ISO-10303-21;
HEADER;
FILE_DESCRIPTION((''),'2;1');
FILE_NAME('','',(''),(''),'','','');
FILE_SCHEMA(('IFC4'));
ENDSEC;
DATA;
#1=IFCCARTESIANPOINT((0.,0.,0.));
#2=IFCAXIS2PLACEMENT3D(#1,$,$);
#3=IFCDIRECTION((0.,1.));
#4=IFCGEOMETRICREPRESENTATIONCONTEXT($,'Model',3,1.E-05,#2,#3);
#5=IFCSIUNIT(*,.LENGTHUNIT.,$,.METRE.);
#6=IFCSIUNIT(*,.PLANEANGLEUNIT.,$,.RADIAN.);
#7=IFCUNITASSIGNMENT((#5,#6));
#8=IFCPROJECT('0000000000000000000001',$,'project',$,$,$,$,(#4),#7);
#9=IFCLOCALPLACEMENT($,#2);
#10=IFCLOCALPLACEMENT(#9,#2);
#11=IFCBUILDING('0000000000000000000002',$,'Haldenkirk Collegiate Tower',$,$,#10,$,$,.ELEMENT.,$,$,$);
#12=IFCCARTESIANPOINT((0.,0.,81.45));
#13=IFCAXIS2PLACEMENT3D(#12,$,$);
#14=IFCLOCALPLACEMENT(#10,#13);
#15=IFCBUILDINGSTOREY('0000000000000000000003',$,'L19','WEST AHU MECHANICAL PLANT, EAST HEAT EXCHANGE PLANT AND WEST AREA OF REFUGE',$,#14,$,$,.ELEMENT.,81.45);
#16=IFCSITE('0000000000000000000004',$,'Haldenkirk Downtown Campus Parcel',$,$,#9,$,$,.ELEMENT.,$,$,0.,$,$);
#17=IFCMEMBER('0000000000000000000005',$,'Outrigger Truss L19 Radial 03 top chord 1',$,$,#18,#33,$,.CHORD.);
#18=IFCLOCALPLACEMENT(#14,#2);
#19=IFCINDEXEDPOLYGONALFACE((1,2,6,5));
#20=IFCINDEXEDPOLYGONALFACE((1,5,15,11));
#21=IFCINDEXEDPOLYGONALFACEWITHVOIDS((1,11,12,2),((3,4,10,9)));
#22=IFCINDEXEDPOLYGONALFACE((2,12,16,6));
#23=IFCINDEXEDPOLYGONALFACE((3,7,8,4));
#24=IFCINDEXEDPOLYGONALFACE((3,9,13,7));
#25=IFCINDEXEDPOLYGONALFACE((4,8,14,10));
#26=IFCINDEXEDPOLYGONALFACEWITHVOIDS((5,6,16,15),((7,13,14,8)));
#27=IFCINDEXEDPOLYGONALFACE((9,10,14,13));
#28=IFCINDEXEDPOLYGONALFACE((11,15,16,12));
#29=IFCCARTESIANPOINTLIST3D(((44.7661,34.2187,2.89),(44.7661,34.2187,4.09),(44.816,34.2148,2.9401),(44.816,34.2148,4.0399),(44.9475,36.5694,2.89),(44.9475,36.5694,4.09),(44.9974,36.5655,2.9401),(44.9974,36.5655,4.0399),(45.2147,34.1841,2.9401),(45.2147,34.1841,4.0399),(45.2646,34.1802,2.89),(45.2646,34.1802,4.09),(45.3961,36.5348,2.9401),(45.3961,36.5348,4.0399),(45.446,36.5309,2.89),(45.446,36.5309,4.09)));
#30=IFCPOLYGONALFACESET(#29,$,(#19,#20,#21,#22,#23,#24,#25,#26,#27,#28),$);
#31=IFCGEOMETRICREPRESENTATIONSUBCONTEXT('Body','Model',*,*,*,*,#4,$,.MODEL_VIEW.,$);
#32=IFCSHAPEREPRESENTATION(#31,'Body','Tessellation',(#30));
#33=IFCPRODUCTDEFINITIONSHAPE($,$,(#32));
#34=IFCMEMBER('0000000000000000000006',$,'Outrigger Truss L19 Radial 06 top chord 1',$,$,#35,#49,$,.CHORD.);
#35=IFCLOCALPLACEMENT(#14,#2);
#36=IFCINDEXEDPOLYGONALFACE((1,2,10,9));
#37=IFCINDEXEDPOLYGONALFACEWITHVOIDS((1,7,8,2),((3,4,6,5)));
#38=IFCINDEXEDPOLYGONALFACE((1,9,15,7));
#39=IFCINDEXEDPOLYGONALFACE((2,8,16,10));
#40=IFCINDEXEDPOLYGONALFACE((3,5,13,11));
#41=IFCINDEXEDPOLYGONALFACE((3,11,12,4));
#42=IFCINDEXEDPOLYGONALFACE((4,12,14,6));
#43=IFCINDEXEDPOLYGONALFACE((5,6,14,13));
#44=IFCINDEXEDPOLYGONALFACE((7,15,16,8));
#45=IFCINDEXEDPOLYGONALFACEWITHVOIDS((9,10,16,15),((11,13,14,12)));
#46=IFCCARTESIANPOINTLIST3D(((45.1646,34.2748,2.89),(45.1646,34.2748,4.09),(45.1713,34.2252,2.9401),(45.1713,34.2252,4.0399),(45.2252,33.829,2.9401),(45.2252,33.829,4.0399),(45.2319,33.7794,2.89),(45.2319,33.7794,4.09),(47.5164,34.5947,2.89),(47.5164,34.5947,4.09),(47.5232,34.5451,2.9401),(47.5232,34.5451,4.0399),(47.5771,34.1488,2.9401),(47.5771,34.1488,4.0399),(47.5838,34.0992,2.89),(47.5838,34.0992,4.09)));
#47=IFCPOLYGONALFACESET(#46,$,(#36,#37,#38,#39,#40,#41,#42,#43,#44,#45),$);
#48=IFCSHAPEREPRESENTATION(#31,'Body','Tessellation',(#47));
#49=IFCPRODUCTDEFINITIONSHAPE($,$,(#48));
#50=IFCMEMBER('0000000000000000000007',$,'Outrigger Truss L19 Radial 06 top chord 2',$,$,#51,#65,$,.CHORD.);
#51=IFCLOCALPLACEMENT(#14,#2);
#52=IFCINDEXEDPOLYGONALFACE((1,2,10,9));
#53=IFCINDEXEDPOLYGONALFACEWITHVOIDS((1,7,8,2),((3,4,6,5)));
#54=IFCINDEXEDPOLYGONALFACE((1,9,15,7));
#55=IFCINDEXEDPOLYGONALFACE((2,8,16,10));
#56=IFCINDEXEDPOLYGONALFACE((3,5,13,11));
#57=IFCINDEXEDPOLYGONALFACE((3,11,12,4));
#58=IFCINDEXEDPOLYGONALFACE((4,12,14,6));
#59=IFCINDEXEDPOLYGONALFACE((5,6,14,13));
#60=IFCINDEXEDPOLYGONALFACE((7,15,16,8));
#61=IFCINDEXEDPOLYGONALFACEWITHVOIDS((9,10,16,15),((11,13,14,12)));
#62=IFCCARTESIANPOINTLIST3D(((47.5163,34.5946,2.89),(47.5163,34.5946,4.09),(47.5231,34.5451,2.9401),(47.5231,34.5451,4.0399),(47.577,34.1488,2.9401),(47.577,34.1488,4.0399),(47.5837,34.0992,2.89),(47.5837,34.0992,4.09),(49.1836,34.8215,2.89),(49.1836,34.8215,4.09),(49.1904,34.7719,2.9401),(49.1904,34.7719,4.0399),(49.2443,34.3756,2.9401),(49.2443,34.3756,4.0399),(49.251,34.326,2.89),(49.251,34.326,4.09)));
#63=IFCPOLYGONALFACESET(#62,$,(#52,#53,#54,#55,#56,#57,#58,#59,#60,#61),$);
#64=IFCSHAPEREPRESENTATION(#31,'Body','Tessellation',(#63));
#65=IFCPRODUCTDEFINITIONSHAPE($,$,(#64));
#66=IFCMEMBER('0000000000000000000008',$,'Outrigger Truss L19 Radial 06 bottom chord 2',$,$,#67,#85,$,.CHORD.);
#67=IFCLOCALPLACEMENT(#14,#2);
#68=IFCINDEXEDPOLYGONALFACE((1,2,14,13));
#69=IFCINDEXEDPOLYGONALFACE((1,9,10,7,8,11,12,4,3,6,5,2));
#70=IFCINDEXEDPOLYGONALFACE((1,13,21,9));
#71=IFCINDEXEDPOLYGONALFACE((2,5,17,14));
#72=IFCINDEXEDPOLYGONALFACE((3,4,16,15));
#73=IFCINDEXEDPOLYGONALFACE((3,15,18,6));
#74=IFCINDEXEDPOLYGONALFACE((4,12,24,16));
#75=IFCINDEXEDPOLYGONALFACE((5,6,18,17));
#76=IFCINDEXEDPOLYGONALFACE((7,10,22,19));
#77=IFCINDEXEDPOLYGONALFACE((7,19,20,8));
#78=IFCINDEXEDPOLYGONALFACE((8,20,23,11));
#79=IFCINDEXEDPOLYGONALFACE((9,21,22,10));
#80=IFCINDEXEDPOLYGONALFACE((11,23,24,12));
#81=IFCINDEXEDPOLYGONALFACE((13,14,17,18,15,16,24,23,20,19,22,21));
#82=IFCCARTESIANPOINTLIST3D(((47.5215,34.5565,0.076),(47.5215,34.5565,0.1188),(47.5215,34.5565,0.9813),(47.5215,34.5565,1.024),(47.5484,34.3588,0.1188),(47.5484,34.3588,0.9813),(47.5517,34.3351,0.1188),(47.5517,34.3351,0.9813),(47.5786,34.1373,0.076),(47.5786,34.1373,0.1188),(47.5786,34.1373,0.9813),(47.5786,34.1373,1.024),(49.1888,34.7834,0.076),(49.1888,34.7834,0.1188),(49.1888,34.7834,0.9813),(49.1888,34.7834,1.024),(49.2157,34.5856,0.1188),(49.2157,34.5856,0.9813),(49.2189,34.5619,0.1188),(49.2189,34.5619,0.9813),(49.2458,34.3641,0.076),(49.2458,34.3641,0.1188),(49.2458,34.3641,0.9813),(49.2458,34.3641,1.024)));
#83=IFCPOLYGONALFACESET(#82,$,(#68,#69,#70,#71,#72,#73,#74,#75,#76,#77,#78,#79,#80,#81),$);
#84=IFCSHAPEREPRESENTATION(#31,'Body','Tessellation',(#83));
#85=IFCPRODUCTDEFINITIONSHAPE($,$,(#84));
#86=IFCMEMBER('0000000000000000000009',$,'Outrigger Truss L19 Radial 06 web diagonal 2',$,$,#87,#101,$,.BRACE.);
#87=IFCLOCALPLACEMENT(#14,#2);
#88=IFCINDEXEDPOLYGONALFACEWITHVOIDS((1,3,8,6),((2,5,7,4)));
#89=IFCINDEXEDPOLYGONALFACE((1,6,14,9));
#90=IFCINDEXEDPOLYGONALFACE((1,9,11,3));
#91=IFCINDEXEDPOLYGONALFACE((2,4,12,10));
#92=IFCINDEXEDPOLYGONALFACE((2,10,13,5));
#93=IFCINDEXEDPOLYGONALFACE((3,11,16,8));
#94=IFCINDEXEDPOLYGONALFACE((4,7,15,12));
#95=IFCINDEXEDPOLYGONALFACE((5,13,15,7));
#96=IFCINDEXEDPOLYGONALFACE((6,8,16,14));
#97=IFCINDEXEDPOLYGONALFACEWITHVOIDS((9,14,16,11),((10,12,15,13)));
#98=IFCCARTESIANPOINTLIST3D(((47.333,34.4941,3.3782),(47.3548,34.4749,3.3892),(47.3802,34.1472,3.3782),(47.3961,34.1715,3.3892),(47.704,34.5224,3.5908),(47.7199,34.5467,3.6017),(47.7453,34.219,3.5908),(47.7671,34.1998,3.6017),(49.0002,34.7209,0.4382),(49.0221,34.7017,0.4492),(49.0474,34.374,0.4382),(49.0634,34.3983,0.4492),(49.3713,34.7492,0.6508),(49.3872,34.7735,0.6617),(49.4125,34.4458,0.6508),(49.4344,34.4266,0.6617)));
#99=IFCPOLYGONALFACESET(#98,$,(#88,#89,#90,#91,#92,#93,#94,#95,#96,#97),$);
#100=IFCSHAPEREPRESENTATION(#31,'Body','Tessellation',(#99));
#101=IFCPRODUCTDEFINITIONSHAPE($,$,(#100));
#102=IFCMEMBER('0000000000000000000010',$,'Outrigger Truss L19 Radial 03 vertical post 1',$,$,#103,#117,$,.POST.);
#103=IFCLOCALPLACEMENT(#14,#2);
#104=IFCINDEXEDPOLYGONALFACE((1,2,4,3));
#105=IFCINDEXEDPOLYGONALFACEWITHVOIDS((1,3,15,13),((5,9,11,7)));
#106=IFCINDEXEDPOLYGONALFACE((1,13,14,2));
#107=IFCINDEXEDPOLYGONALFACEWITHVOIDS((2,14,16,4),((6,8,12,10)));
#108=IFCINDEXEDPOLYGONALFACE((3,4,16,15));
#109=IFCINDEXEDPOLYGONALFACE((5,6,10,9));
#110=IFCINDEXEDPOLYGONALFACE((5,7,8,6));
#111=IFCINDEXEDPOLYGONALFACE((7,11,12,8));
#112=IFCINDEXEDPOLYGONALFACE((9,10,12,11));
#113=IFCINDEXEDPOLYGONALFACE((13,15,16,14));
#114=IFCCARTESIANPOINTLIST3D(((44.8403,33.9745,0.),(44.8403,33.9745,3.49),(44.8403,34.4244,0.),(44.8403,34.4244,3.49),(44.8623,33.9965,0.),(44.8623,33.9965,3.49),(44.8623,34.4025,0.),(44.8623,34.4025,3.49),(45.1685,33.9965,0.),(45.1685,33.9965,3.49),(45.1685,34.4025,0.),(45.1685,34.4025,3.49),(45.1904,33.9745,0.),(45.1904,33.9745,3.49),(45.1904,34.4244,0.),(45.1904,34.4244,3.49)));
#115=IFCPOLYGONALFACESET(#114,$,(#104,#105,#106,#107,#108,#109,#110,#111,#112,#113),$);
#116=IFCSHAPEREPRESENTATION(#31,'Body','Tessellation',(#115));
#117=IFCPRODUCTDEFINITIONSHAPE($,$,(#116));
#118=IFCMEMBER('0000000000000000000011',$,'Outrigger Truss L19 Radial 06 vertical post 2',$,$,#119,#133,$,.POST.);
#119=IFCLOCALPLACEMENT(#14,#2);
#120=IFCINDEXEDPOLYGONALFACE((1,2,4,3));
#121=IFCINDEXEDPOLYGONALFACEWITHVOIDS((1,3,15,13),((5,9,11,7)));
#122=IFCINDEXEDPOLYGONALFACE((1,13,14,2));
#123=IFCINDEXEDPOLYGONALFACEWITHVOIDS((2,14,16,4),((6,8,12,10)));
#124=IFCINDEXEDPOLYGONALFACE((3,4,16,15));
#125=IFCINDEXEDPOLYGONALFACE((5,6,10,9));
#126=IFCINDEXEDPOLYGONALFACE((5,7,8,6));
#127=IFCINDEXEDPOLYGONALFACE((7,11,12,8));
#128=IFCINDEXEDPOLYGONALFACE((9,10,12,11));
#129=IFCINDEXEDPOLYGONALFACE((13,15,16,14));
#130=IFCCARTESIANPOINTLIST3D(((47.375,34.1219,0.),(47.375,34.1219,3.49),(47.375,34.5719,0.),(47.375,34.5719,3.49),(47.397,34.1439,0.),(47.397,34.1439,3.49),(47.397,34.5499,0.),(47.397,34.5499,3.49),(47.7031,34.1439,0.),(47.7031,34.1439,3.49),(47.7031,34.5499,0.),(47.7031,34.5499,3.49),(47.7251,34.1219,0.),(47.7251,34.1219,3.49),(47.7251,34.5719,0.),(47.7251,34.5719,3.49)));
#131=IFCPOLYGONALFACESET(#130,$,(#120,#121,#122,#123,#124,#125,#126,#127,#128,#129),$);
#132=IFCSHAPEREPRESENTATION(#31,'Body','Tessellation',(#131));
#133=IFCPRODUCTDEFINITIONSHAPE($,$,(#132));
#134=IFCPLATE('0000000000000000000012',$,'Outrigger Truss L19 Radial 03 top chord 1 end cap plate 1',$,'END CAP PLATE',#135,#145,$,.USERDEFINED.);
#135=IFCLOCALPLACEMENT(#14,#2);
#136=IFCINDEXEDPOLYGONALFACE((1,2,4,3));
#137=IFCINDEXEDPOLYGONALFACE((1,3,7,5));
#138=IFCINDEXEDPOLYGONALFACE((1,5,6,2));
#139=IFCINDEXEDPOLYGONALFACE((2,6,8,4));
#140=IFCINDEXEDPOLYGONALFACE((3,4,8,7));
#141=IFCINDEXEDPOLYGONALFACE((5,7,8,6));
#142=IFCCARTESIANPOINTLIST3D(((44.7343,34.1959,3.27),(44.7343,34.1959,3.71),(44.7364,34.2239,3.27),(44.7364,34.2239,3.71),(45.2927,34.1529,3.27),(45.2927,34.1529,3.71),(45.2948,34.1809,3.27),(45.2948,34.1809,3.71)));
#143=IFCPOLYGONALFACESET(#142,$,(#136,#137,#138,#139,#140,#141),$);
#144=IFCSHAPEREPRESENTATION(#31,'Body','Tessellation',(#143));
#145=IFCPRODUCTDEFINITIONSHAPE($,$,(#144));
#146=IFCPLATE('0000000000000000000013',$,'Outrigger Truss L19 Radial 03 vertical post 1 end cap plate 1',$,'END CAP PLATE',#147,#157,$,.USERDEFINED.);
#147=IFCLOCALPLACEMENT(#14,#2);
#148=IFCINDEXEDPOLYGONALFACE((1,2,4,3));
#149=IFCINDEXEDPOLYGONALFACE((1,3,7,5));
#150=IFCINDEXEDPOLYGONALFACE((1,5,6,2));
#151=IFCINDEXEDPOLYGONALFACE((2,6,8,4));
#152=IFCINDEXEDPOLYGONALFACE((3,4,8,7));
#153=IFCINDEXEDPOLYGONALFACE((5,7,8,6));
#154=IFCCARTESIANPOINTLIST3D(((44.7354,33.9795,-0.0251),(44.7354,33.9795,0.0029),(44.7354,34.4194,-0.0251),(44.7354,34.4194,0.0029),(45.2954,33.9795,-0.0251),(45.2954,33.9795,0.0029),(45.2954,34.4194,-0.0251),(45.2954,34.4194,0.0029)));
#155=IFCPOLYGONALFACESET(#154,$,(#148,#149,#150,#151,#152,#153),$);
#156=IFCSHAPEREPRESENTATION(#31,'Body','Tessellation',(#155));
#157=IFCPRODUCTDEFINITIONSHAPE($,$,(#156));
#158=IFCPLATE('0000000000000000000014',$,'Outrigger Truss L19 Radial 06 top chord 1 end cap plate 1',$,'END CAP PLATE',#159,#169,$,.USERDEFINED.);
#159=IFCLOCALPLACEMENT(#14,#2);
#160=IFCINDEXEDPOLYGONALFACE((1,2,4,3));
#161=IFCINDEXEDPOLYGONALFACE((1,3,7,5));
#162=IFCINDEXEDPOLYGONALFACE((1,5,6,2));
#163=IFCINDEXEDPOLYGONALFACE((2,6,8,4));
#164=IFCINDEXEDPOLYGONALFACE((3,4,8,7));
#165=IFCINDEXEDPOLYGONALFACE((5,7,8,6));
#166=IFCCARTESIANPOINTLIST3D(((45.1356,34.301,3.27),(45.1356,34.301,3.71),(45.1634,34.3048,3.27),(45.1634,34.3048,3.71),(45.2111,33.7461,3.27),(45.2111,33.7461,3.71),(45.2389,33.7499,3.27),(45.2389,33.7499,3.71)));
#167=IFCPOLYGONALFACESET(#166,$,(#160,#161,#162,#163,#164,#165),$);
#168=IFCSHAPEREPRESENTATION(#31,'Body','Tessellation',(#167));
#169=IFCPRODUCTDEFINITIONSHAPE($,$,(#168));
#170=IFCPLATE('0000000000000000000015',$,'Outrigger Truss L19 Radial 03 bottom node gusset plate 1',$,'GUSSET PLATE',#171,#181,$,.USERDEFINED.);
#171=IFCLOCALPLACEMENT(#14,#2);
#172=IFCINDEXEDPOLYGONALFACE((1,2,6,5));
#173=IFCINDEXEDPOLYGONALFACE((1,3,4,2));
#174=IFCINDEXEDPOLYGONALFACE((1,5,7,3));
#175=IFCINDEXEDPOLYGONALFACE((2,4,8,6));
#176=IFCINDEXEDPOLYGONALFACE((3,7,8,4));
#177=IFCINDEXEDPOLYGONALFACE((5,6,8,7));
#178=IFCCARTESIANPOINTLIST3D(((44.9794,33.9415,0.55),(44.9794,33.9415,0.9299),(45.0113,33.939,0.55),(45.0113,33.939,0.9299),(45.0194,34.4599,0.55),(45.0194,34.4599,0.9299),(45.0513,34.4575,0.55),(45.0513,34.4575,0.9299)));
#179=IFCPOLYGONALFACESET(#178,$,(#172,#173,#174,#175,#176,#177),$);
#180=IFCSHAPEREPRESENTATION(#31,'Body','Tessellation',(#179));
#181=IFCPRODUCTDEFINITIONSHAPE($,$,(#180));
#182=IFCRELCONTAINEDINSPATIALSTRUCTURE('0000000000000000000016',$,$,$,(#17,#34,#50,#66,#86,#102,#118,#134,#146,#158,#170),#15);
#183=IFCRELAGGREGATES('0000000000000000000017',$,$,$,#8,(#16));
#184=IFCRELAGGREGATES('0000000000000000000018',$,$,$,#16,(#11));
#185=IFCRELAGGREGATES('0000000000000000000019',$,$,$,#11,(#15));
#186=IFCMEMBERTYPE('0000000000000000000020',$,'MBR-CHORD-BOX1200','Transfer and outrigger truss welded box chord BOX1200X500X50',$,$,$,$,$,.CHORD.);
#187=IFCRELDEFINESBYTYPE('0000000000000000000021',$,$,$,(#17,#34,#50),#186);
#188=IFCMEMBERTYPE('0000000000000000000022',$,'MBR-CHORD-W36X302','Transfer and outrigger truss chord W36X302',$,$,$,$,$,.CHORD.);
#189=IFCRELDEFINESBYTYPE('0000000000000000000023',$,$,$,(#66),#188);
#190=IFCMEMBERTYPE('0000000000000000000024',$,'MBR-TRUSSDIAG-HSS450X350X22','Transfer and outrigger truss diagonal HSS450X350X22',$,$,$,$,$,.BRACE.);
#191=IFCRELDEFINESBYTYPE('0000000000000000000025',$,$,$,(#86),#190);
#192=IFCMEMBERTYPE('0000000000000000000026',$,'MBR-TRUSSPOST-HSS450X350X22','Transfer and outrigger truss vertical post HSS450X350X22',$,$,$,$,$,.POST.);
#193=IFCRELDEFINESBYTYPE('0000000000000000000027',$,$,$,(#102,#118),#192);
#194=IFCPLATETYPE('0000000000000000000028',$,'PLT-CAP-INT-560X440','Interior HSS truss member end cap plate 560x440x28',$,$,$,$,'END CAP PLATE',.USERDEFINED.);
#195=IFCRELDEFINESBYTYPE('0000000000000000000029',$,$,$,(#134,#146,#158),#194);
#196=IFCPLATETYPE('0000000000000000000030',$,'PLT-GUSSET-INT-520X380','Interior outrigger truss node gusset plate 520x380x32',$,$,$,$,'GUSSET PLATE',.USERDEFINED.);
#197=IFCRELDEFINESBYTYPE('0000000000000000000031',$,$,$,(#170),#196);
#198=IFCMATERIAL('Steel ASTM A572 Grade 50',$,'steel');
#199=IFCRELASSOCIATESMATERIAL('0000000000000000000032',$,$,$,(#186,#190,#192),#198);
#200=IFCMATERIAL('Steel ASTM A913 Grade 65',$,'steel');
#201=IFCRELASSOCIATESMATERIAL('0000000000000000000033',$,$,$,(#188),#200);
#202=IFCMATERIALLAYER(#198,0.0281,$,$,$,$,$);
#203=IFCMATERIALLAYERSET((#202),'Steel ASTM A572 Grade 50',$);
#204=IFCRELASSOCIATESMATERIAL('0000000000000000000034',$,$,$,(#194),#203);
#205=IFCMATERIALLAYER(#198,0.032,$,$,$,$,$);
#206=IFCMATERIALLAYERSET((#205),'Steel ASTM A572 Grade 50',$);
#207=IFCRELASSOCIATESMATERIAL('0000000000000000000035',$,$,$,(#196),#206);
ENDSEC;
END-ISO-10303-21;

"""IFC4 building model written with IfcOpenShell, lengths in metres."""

from ifc_helpers import new_model, si_unit, direction, frame, origin, origin_2d, place, context, subcontext, project, spatial, rectangle, hollow_rectangle, i_section, extrude, source, transform, mapped, material, layer, layer_set, material_profile, profile_set, type_object, element, save


model = new_model("IFC4")

# Units and contexts
model_context = context("Model", 3, precision=1e-05, world=origin(), true_north=direction((0.0, 1.0)))
body_context = subcontext(model_context, "Body", "Model", "MODEL_VIEW")
ifc_project = project(units=[si_unit("LENGTHUNIT", "METRE"), si_unit("PLANEANGLEUNIT", "RADIAN")], contexts=[model_context])

# Site, building, storey
site_placement = place(None, origin())
site = spatial("IfcSite", under=ifc_project, at=site_placement, Name="Haldenkirk Downtown Campus Parcel", CompositionType="ELEMENT", RefElevation=0.0)
building_placement = place(site_placement, origin())
building = spatial("IfcBuilding", under=site, at=building_placement, Name="Haldenkirk Collegiate Tower", CompositionType="ELEMENT")
storey_placement = place(building_placement, frame((0.0, 0.0, 81.45)))
storey = spatial("IfcBuildingStorey", under=building, at=storey_placement, Name="L19", Description="WEST AHU MECHANICAL PLANT, EAST HEAT EXCHANGE PLANT AND WEST AREA OF REFUGE", CompositionType="ELEMENT", Elevation=81.45)

# Members
ifc_material_1 = material(Name="Steel ASTM A572 Grade 50", Category="steel")
ifc_material_profile_1 = material_profile(ifc_material_1, hollow_rectangle(XDim=0.5, YDim=1.2, WallThickness=0.05, at=origin_2d()), Name="BOX1200X500X50")
ifc_profile_set_1 = profile_set([ifc_material_profile_1], Name="Steel ASTM A572 Grade 50")
member_type_1 = type_object("IfcMemberType", Name="MBR-CHORD-BOX1200", Description="Transfer and outrigger truss welded box chord BOX1200X500X50", PredefinedType="CHORD", material=ifc_profile_set_1)
member_1_placement = place(storey_placement, frame((45.0154, 34.1995, 3.49), z_axis=(0.076942, 0.997036, 0.0), x_axis=(-0.997036, 0.076942, 0.0)))
element("IfcMember", 1, at=member_1_placement, inside=storey, type_object=member_type_1, Name="Outrigger Truss L19 Radial 03 top chord 1", PredefinedType="CHORD", context=body_context, shape_type="SweptSolid", body=[
    extrude(hollow_rectangle(XDim=0.5, YDim=1.2, WallThickness=0.05, at=origin_2d()), origin(), (0.0, 0.0, 1.0), 2.3577),
])
member_2_placement = place(storey_placement, frame((45.1982, 34.0271, 3.49), z_axis=(0.99088, 0.134751, 0.0), x_axis=(-0.134751, 0.99088, 0.0)))
element("IfcMember", 2, at=member_2_placement, inside=storey, type_object=member_type_1, Name="Outrigger Truss L19 Radial 06 top chord 1", PredefinedType="CHORD", context=body_context, shape_type="SweptSolid", body=[
    extrude(hollow_rectangle(XDim=0.5, YDim=1.2, WallThickness=0.05, at=origin_2d()), origin(), (0.0, 0.0, 1.0), 2.3735),
])
member_3_placement = place(storey_placement, frame((47.55, 34.3469, 3.49), z_axis=(0.990873, 0.134796, 0.0), x_axis=(-0.134796, 0.990873, 0.0)))
element("IfcMember", 3, at=member_3_placement, inside=storey, type_object=member_type_1, Name="Outrigger Truss L19 Radial 06 top chord 2", PredefinedType="CHORD", context=body_context, shape_type="SweptSolid", body=[
    extrude(hollow_rectangle(XDim=0.5, YDim=1.2, WallThickness=0.05, at=origin_2d()), origin(), (0.0, 0.0, 1.0), 1.6826),
])
ifc_material_2 = material(Name="Steel ASTM A913 Grade 65", Category="steel")
ifc_material_profile_2 = material_profile(ifc_material_2, i_section(OverallWidth=0.4231, OverallDepth=0.948, WebThickness=0.0239, FlangeThickness=0.0427, at=origin_2d()), Name="W36X302")
ifc_profile_set_2 = profile_set([ifc_material_profile_2], Name="Steel ASTM A913 Grade 65")
member_type_2 = type_object("IfcMemberType", Name="MBR-CHORD-W36X302", Description="Transfer and outrigger truss chord W36X302", PredefinedType="CHORD", material=ifc_profile_set_2)
member_4_placement = place(storey_placement, frame((47.55, 34.3469, 0.55), z_axis=(0.990873, 0.134796, 0.0), x_axis=(-0.134796, 0.990873, 0.0)))
element("IfcMember", 4, at=member_4_placement, inside=storey, type_object=member_type_2, Name="Outrigger Truss L19 Radial 06 bottom chord 2", PredefinedType="CHORD", context=body_context, shape_type="SweptSolid", body=[
    extrude(i_section(OverallWidth=0.4231, OverallDepth=0.948, WebThickness=0.0239, FlangeThickness=0.0427, at=origin_2d()), origin(), (0.0, 0.0, 1.0), 1.6826),
])
ifc_material_profile_3 = material_profile(ifc_material_1, hollow_rectangle(XDim=0.3501, YDim=0.45, WallThickness=0.022, at=origin_2d()), Name="HSS450X350X22")
ifc_profile_set_3 = profile_set([ifc_material_profile_3], Name="Steel ASTM A572 Grade 50")
member_type_3 = type_object("IfcMemberType", Name="MBR-TRUSSDIAG-HSS450X350X22", Description="Transfer and outrigger truss diagonal HSS450X350X22", PredefinedType="BRACE", material=ifc_profile_set_3)
member_5_placement = place(storey_placement, frame((47.55, 34.3469, 3.49), z_axis=(0.49219, 0.066956, -0.867909), x_axis=(-0.134796, 0.990873, 0.0)))
element("IfcMember", 5, at=member_5_placement, inside=storey, type_object=member_type_3, Name="Outrigger Truss L19 Radial 06 web diagonal 2", PredefinedType="BRACE", context=body_context, shape_type="SweptSolid", body=[
    extrude(hollow_rectangle(XDim=0.3501, YDim=0.45, WallThickness=0.022, at=origin_2d()), origin(), (0.0, 0.0, 1.0), 3.3875),
])
ifc_material_profile_4 = material_profile(ifc_material_1, hollow_rectangle(XDim=0.3501, YDim=0.45, WallThickness=0.022, at=origin_2d()), Name="HSS450X350X22")
ifc_profile_set_4 = profile_set([ifc_material_profile_4], Name="Steel ASTM A572 Grade 50")
member_type_4 = type_object("IfcMemberType", Name="MBR-TRUSSPOST-HSS450X350X22", Description="Transfer and outrigger truss vertical post HSS450X350X22", PredefinedType="POST", material=ifc_profile_set_4)
for number, where, z_axis, x_axis, name in (
    (6, (45.0154, 34.1995, 0.0), (0.0, 0.0, 1.0), (1.0, 0.0, 0.0), "Outrigger Truss L19 Radial 03 vertical post 1"),
    (7, (47.55, 34.3469, 0.0), (0.0, 0.0, 1.0), (1.0, 0.0, 0.0), "Outrigger Truss L19 Radial 06 vertical post 2"),
):
    element("IfcMember", number, at=place(storey_placement, frame(where, z_axis=z_axis, x_axis=x_axis)), inside=storey, type_object=member_type_4, Name=name, PredefinedType="POST", context=body_context, shape_type="SweptSolid", body=[
        extrude(hollow_rectangle(XDim=0.3501, YDim=0.45, WallThickness=0.022, at=origin_2d()), origin(), (0.0, 0.0, 1.0), 3.49),
    ])

# Plates
ifc_layer_1 = layer(ifc_material_1, 0.0281)
ifc_layer_set_1 = layer_set([ifc_layer_1], Name="Steel ASTM A572 Grade 50")
plate_type_1 = type_object("IfcPlateType", Name="PLT-CAP-INT-560X440", Description="Interior HSS truss member end cap plate 560x440x28", ElementType="END CAP PLATE", PredefinedType="USERDEFINED", material=ifc_layer_set_1)
shared_shape_1 = source(origin(), body_context, "Body", "SweptSolid", [
    extrude(rectangle(XDim=0.5601, YDim=0.4399, at=origin_2d()), origin(), (0.0, 0.0, 1.0), 0.0281),
])
for number, where, z_axis, x_axis, name in (
    (8, (45.0156, 34.2024, 3.49), (-0.076901, -0.997039, 0.0), (0.997039, -0.076901, 0.0), "Outrigger Truss L19 Radial 03 top chord 1 end cap plate 1"),
    (9, (45.0154, 34.1995, 0.0029), (0.0, 0.0, -1.0), (1.0, 0.0, 0.0), "Outrigger Truss L19 Radial 03 vertical post 1 end cap plate 1"),
    (10, (45.2012, 34.0273, 3.49), (-0.990875, -0.134782, 0.0), (0.134782, -0.990875, 0.0), "Outrigger Truss L19 Radial 06 top chord 1 end cap plate 1"),
):
    element("IfcPlate", number, at=place(storey_placement, frame(where, z_axis=z_axis, x_axis=x_axis)), inside=storey, type_object=plate_type_1, Name=name, ObjectType="END CAP PLATE", PredefinedType="USERDEFINED", context=body_context, shape_type="MappedRepresentation", body=[
        mapped(shared_shape_1, transform((0.0, 0.0, 0.0), x_axis=(1.0, 0.0, 0.0), y_axis=(0.0, 1.0, 0.0), z_axis=(0.0, 0.0, 1.0), scale=1.0)),
    ])
ifc_layer_2 = layer(ifc_material_1, 0.032)
ifc_layer_set_2 = layer_set([ifc_layer_2], Name="Steel ASTM A572 Grade 50")
plate_type_2 = type_object("IfcPlateType", Name="PLT-GUSSET-INT-520X380", Description="Interior outrigger truss node gusset plate 520x380x32", ElementType="GUSSET PLATE", PredefinedType="USERDEFINED", material=ifc_layer_set_2)
shared_shape_2 = source(origin(), body_context, "Body", "SweptSolid", [
    extrude(rectangle(XDim=0.52, YDim=0.032, at=origin_2d()), origin(), (0.0, 0.0, 1.0), 0.3799),
])
plate_placement = place(storey_placement, frame((45.0154, 34.1995, 0.55), z_axis=(0.0, 0.0, 1.0), x_axis=(0.076898, 0.997039, 0.0)))
element("IfcPlate", 11, at=plate_placement, inside=storey, type_object=plate_type_2, Name="Outrigger Truss L19 Radial 03 bottom node gusset plate 1", ObjectType="GUSSET PLATE", PredefinedType="USERDEFINED", context=body_context, shape_type="MappedRepresentation", body=[
    mapped(shared_shape_2, transform((0.0, 0.0, 0.0), x_axis=(1.0, 0.0, 0.0), y_axis=(0.0, 1.0, 0.0), z_axis=(0.0, 0.0, 1.0), scale=1.0)),
])

save(model, "model.ifc")
